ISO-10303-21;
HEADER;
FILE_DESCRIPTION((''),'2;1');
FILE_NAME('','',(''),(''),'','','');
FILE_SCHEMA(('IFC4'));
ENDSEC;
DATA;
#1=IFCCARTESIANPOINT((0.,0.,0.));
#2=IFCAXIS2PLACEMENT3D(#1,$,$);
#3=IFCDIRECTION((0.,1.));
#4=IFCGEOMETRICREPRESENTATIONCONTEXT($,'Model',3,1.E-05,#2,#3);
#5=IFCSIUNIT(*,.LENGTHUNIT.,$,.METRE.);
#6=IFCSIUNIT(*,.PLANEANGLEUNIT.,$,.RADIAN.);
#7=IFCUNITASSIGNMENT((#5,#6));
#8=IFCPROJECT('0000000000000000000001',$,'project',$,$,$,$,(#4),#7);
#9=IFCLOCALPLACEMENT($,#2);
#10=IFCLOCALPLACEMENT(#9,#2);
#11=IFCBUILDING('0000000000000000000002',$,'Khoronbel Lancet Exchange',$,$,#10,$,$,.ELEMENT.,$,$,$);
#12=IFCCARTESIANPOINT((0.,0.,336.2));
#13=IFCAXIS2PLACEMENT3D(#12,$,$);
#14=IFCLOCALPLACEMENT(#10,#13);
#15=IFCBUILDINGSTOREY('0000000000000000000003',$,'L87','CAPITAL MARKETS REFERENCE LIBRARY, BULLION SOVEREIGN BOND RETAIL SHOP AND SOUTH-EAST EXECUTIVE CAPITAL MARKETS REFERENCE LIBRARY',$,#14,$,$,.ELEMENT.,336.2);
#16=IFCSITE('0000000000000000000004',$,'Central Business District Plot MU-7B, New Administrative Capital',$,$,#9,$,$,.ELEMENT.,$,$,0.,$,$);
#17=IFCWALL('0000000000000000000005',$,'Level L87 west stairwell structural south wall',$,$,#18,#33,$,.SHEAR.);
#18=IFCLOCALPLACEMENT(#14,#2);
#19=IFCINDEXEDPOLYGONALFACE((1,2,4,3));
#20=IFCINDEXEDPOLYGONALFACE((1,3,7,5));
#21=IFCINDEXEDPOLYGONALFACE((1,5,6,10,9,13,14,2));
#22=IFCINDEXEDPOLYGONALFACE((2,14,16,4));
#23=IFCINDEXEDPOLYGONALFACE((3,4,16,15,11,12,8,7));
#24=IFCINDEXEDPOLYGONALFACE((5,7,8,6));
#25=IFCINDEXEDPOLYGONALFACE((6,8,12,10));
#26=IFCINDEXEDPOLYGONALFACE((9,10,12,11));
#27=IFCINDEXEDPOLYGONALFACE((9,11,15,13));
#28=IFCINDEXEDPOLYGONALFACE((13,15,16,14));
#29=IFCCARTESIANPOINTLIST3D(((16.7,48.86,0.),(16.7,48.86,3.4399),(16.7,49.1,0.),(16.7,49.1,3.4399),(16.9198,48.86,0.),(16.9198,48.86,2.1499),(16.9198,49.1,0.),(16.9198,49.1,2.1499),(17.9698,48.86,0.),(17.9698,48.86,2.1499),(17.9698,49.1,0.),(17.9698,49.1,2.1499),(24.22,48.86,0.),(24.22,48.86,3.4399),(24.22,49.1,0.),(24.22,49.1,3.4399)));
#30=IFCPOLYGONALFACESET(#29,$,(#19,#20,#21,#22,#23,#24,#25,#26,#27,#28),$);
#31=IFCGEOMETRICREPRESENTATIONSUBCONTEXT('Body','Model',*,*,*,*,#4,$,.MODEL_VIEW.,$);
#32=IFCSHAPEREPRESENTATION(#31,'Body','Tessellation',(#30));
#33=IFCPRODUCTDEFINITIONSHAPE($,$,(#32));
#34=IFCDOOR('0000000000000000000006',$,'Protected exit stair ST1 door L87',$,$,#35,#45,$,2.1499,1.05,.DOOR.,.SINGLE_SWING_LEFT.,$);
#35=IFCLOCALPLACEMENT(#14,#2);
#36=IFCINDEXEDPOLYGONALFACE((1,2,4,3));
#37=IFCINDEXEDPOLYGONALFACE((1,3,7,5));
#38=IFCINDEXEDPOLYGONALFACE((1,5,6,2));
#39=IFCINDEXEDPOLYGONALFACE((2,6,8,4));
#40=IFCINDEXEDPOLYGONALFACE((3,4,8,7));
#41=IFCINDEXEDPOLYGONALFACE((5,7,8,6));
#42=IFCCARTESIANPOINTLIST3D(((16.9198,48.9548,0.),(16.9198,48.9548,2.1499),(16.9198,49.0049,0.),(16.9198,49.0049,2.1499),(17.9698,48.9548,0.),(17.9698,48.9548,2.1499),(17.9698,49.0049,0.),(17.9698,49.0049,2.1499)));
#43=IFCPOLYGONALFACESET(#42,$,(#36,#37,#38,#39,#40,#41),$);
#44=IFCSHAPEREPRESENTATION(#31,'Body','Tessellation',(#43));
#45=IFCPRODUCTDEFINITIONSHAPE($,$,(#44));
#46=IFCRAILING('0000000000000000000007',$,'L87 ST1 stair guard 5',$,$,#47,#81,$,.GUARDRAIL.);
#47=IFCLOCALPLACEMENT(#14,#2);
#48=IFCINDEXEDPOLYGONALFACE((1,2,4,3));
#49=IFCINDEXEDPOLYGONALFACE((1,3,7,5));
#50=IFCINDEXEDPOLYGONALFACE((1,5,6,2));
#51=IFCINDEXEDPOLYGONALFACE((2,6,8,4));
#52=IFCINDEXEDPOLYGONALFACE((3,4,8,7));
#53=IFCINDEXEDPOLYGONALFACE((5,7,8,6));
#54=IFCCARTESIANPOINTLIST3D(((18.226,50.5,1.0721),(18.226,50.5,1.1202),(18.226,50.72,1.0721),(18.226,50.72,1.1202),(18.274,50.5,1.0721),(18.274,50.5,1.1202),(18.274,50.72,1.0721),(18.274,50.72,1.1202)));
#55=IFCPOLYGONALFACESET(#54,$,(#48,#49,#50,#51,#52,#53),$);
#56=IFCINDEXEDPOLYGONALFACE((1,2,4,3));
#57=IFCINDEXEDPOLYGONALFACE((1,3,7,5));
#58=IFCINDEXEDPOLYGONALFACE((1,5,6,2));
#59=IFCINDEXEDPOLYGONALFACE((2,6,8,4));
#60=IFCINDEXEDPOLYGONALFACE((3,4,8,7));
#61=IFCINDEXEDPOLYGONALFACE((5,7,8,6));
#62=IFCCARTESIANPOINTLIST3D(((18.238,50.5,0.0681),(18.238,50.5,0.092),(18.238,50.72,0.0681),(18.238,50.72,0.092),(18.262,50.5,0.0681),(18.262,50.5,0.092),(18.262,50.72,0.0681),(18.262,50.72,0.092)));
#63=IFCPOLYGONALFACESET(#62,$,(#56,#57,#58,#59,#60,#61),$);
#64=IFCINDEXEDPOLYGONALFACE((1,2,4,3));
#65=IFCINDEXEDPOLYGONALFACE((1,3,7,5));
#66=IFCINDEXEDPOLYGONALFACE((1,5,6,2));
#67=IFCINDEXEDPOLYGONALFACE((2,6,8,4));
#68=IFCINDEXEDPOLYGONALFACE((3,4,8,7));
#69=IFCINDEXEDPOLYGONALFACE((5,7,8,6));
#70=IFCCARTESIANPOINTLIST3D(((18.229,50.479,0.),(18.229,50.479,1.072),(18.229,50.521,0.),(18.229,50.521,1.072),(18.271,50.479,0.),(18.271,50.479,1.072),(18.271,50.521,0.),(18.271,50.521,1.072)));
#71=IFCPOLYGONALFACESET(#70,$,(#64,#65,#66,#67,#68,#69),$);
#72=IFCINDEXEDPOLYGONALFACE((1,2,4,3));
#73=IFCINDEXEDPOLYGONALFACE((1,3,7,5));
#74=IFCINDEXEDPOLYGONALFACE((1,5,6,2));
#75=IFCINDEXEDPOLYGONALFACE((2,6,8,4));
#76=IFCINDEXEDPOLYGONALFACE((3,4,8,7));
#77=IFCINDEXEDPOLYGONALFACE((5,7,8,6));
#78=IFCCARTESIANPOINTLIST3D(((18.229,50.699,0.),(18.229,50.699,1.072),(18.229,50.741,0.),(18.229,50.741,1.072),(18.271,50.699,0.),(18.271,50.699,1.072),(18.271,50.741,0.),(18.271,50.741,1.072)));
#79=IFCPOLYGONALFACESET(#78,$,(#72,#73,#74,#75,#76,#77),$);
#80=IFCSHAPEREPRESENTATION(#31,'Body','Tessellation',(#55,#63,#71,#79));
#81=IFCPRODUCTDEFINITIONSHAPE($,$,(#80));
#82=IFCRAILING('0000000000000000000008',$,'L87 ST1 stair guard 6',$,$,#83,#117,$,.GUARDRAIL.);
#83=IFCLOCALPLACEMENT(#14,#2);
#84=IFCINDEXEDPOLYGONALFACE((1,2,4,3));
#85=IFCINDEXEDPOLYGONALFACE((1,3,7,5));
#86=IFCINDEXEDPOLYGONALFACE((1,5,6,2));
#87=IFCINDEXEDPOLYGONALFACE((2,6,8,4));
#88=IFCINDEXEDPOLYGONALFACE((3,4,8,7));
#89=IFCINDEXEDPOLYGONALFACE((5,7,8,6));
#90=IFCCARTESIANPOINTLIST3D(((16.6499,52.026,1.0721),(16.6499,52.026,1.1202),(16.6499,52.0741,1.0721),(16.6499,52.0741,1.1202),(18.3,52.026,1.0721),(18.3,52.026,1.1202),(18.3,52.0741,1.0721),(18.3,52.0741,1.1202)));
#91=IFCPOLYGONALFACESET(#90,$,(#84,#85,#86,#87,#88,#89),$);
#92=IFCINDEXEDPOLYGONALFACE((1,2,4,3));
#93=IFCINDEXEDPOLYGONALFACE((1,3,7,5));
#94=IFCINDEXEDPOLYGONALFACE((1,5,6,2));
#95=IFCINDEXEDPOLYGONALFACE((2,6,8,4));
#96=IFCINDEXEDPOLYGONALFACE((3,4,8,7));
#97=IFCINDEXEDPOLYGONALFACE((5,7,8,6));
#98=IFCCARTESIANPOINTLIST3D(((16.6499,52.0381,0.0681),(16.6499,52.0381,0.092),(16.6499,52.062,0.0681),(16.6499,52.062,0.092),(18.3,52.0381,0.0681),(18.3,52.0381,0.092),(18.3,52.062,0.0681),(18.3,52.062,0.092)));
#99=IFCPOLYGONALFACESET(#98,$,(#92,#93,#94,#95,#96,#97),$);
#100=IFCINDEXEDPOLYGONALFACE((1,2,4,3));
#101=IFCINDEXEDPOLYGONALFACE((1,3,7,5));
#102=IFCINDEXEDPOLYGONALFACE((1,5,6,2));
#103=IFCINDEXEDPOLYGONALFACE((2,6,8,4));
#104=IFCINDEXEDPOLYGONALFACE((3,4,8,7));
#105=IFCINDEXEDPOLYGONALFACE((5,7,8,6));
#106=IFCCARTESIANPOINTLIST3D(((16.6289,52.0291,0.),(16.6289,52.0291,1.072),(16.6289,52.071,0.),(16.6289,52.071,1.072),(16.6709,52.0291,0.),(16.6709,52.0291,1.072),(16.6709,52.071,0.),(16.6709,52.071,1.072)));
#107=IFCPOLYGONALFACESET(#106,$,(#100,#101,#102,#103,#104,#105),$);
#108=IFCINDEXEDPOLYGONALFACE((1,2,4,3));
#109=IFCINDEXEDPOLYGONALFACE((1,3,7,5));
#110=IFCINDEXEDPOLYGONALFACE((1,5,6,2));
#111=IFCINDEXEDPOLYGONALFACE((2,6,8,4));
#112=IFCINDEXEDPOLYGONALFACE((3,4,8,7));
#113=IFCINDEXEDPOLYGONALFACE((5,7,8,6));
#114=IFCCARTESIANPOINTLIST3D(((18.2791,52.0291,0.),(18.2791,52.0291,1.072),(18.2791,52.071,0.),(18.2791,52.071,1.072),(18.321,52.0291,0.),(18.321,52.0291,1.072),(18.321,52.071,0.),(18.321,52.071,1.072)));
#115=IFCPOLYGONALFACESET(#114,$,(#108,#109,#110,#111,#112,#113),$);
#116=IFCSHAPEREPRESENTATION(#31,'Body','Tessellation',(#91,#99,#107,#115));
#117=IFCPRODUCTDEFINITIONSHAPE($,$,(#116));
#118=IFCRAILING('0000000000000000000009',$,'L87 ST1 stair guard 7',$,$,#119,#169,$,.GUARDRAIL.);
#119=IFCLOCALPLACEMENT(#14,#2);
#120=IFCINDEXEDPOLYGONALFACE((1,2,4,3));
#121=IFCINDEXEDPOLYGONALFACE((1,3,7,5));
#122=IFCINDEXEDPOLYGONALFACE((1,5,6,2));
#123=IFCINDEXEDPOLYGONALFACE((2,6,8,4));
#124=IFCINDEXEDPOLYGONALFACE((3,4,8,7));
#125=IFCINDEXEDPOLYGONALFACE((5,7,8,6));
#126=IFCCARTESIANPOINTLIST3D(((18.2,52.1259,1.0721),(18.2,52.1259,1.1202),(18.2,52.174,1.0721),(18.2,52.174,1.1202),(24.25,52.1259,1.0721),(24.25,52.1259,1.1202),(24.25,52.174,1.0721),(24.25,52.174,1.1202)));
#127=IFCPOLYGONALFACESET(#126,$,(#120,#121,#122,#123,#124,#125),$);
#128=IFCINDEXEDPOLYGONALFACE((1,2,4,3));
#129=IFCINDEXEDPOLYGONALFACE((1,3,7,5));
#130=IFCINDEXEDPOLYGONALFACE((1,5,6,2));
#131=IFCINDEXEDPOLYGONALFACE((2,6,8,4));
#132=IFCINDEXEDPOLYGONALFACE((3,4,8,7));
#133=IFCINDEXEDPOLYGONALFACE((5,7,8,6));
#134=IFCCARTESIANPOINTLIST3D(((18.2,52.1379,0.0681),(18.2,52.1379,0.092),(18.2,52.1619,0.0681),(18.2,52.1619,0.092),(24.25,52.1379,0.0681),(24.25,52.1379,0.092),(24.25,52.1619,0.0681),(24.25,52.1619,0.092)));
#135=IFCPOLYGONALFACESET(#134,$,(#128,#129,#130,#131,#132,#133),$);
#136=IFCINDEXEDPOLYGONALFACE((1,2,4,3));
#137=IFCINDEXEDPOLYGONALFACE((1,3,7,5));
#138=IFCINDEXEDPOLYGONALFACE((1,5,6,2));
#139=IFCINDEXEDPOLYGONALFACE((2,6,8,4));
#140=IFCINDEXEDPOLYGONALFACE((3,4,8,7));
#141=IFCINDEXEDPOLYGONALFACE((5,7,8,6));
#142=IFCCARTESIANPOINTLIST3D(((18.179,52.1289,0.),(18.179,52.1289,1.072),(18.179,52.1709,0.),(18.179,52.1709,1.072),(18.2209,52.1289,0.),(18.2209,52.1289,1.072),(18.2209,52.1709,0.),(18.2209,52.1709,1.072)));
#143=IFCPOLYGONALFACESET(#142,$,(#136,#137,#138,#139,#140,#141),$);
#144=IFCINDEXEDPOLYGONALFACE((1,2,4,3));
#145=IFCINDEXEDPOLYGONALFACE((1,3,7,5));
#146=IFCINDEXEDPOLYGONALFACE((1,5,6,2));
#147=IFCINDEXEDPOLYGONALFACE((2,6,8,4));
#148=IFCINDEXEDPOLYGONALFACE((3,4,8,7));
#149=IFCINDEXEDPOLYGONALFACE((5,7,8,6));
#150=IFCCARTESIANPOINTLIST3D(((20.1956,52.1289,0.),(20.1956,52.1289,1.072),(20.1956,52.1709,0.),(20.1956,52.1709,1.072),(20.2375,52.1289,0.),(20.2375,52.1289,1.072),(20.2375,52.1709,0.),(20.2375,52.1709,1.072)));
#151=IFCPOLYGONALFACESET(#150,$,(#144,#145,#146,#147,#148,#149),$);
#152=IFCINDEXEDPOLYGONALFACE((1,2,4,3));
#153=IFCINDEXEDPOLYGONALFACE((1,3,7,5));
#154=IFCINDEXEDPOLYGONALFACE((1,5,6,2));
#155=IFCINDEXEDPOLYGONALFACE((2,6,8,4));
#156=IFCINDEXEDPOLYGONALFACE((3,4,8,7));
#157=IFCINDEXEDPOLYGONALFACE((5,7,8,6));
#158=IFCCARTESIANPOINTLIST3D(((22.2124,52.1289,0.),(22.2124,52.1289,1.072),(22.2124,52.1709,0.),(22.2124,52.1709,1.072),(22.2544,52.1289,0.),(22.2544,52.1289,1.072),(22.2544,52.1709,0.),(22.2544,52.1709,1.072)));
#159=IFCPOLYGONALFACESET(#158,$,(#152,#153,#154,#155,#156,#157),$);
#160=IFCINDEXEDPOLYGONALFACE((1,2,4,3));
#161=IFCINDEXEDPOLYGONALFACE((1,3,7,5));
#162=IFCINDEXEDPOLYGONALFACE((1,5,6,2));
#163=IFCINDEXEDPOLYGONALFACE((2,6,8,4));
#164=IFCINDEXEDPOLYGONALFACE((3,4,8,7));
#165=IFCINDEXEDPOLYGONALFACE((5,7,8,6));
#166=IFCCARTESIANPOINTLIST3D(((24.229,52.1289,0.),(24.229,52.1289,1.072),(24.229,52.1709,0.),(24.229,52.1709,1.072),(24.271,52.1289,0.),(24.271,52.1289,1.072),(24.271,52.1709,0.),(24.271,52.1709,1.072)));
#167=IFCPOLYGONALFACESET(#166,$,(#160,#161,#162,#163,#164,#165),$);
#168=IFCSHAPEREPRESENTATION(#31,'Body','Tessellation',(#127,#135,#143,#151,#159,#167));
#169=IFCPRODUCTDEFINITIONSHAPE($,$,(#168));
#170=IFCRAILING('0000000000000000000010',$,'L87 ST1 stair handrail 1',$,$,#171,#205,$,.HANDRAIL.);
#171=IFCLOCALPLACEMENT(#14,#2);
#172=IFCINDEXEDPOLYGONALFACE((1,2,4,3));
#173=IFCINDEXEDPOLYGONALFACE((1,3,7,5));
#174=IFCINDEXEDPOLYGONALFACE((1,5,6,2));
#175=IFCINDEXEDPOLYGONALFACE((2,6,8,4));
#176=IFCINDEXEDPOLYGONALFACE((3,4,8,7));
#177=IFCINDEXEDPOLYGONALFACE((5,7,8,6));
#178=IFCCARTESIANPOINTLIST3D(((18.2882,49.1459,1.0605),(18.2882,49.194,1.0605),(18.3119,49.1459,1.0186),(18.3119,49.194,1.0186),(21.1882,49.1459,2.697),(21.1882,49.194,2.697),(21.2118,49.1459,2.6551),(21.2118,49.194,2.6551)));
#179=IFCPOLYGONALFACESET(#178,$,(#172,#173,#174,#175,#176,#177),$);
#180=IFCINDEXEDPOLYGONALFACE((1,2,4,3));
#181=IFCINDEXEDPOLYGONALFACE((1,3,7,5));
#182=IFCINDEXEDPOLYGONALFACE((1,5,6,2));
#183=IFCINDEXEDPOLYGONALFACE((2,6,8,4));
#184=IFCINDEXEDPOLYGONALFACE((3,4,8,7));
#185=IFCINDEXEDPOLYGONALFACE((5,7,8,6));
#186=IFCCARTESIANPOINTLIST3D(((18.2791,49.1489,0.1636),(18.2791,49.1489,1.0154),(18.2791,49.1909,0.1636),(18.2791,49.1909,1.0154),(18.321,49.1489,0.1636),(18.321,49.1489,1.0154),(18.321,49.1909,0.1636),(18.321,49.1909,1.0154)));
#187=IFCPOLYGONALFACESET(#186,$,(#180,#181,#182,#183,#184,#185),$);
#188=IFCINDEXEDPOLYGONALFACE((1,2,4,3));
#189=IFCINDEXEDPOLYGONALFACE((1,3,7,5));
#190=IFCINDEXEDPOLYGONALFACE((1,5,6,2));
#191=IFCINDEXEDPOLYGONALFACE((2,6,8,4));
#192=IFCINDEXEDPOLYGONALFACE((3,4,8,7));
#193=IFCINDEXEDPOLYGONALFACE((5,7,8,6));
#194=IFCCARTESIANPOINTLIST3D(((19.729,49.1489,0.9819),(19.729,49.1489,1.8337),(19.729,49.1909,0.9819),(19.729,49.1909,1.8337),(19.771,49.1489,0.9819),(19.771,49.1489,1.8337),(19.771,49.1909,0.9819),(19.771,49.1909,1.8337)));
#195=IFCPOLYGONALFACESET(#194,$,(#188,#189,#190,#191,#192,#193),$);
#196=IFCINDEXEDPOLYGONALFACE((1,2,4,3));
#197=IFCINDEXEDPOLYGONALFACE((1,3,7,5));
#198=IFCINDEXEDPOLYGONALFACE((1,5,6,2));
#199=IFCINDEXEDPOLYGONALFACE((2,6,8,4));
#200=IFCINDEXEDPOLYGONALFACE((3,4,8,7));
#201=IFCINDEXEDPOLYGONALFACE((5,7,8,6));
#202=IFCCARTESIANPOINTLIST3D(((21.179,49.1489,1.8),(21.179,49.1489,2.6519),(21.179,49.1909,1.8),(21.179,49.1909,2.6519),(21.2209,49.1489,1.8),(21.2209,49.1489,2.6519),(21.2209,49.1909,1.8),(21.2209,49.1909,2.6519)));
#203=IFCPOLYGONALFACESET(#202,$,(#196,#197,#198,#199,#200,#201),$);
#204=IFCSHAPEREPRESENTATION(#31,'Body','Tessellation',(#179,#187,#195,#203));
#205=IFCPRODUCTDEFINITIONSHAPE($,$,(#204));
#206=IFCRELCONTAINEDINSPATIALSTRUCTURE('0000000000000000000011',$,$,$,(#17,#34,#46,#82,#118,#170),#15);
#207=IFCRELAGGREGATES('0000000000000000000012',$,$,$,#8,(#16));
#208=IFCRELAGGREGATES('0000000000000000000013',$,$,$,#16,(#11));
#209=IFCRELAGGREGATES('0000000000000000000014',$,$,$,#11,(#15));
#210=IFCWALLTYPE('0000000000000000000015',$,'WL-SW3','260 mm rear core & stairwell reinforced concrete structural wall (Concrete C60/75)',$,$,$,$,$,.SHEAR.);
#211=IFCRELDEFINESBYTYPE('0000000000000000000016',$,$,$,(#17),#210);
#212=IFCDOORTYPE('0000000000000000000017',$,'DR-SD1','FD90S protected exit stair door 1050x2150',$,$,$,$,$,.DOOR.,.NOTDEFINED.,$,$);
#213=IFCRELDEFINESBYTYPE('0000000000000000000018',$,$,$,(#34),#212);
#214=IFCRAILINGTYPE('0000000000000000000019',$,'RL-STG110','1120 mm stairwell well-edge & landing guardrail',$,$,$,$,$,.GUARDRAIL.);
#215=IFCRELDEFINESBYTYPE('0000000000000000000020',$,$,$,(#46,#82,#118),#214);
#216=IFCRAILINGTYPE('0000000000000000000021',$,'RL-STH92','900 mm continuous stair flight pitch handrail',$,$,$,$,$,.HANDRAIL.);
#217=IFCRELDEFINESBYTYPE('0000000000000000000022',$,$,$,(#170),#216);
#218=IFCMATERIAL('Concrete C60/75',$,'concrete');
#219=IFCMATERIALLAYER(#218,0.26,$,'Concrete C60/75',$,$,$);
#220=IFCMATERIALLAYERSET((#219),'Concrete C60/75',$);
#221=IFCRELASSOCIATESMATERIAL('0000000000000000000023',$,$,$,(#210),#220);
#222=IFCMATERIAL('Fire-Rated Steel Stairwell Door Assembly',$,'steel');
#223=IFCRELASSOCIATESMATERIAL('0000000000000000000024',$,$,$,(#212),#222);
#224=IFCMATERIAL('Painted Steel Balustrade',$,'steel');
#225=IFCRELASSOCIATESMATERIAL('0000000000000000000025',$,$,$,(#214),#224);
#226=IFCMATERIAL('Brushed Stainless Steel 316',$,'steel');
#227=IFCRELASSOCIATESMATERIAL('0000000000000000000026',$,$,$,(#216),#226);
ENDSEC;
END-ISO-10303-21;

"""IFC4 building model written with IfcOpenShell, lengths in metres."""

from ifc_helpers import new_model, si_unit, direction, frame, frame_2d, origin, origin_2d, place, context, subcontext, project, spatial, rectangle, extrude, material, layer, layer_set, type_object, element, fill, save


model = new_model("IFC4")

# Units and contexts
model_context = context("Model", 3, precision=1e-05, world=origin(), true_north=direction((0.0, 1.0)))
body_context = subcontext(model_context, "Body", "Model", "MODEL_VIEW")
ifc_project = project(units=[si_unit("LENGTHUNIT", "METRE"), si_unit("PLANEANGLEUNIT", "RADIAN")], contexts=[model_context])

# Site, building, storey
site_placement = place(None, origin())
site = spatial("IfcSite", under=ifc_project, at=site_placement, Name="Central Business District Plot MU-7B, New Administrative Capital", CompositionType="ELEMENT", RefElevation=0.0)
building_placement = place(site_placement, origin())
building = spatial("IfcBuilding", under=site, at=building_placement, Name="Khoronbel Lancet Exchange", CompositionType="ELEMENT")
storey_placement = place(building_placement, frame((0.0, 0.0, 336.2)))
storey = spatial("IfcBuildingStorey", under=building, at=storey_placement, Name="L87", Description="CAPITAL MARKETS REFERENCE LIBRARY, BULLION SOVEREIGN BOND RETAIL SHOP AND SOUTH-EAST EXECUTIVE CAPITAL MARKETS REFERENCE LIBRARY", CompositionType="ELEMENT", Elevation=336.2)

# Shared definitions
ifc_material_1 = material(Name="Concrete C60/75", Category="concrete")

# Wall, opening, door
ifc_layer_1 = layer(ifc_material_1, 0.26, Name="Concrete C60/75")
ifc_layer_set_1 = layer_set([ifc_layer_1], Name="Concrete C60/75")
wall_type_1 = type_object("IfcWallType", Name="WL-SW3", Description="260 mm rear core & stairwell reinforced concrete structural wall (Concrete C60/75)", PredefinedType="SHEAR", material=ifc_layer_set_1)
wall_1_placement = place(storey_placement, frame((16.7, 48.98, 0.0), z_axis=(0.0, 0.0, 1.0), x_axis=(1.0, 0.0, 0.0)))
wall_1 = element("IfcWall", 1, at=wall_1_placement, inside=storey, type_object=wall_type_1, Name="Level L87 west stairwell structural south wall", PredefinedType="SHEAR", context=body_context, shape_type="SweptSolid", body=[
    extrude(rectangle(XDim=7.52, YDim=0.24, at=frame_2d((3.76, 0.0))), origin(), (0.0, 0.0, 1.0), 3.4399),
])
opening_placement = place(wall_1_placement, frame((0.22, 0.0, 0.0)))
opening = element("IfcOpeningElement", 2, at=opening_placement, cuts=wall_1, PredefinedType="OPENING", context=body_context, shape_type="SweptSolid", body=[
    extrude(rectangle(XDim=1.05, YDim=2.1499, at=frame_2d((0.5249, 1.075))), frame((0.0, 0.1299, 0.0), z_axis=(0.0, -1.0, 0.0), x_axis=(1.0, 0.0, 0.0)), (0.0, 0.0, 1.0), 0.26),
])
ifc_material_2 = material(Name="Fire-Rated Steel Stairwell Door Assembly", Category="steel")
door_type = type_object("IfcDoorType", Name="DR-SD1", Description="FD90S protected exit stair door 1050x2150", OperationType="NOTDEFINED", PredefinedType="DOOR", material=ifc_material_2)
door_placement = place(opening_placement, origin())
door = element("IfcDoor", 3, at=door_placement, inside=storey, type_object=door_type, Name="Protected exit stair ST1 door L87", OperationType="SINGLE_SWING_LEFT", OverallHeight=2.1499, OverallWidth=1.05, PredefinedType="DOOR", context=body_context, shape_type="SweptSolid", body=[
    extrude(rectangle(XDim=1.05, YDim=2.1499, at=frame_2d((0.5249, 1.075))), frame((0.0, 0.0249, 0.0), z_axis=(0.0, -1.0, 0.0), x_axis=(1.0, 0.0, 0.0)), (0.0, 0.0, 1.0), 0.05),
])
fill(opening, door)

# Railings
ifc_material_3 = material(Name="Painted Steel Balustrade", Category="steel")
railing_type_1 = type_object("IfcRailingType", Name="RL-STG110", Description="1120 mm stairwell well-edge & landing guardrail", PredefinedType="GUARDRAIL", material=ifc_material_3)
railing_1_placement = place(storey_placement, frame((18.25, 50.5, 0.0)))
element("IfcRailing", 4, at=railing_1_placement, inside=storey, type_object=railing_type_1, Name="L87 ST1 stair guard 5", PredefinedType="GUARDRAIL", context=body_context, shape_type="SweptSolid", body=[
    extrude(rectangle(XDim=0.0481, YDim=0.0481, at=origin_2d()), frame((0.0, 0.0, 1.0962), z_axis=(0.0, 1.0, 0.0), x_axis=(-1.0, 0.0, 0.0)), (0.0, 0.0, 1.0), 0.22),
    extrude(rectangle(XDim=0.0239, YDim=0.0239, at=origin_2d()), frame((0.0, 0.0, 0.0801), z_axis=(0.0, 1.0, 0.0), x_axis=(-1.0, 0.0, 0.0)), (0.0, 0.0, 1.0), 0.22),
    extrude(rectangle(XDim=0.042, YDim=0.042, at=origin_2d()), origin(), (0.0, 0.0, 1.0), 1.072),
    extrude(rectangle(XDim=0.042, YDim=0.042, at=origin_2d()), frame((0.0, 0.22, 0.0)), (0.0, 0.0, 1.0), 1.072),
])
railing_2_placement = place(storey_placement, frame((16.6499, 52.05, 0.0)))
element("IfcRailing", 5, at=railing_2_placement, inside=storey, type_object=railing_type_1, Name="L87 ST1 stair guard 6", PredefinedType="GUARDRAIL", context=body_context, shape_type="SweptSolid", body=[
    extrude(rectangle(XDim=0.0481, YDim=0.0481, at=origin_2d()), frame((0.0, 0.0, 1.0962), z_axis=(1.0, 0.0, 0.0), x_axis=(0.0, 1.0, 0.0)), (0.0, 0.0, 1.0), 1.6501),
    extrude(rectangle(XDim=0.0239, YDim=0.0239, at=origin_2d()), frame((0.0, 0.0, 0.0801), z_axis=(1.0, 0.0, 0.0), x_axis=(0.0, 1.0, 0.0)), (0.0, 0.0, 1.0), 1.6501),
    extrude(rectangle(XDim=0.042, YDim=0.042, at=origin_2d()), origin(), (0.0, 0.0, 1.0), 1.072),
    extrude(rectangle(XDim=0.042, YDim=0.042, at=origin_2d()), frame((1.6501, 0.0, 0.0)), (0.0, 0.0, 1.0), 1.072),
])
railing_3_placement = place(storey_placement, frame((18.2, 52.1499, 0.0)))
element("IfcRailing", 6, at=railing_3_placement, inside=storey, type_object=railing_type_1, Name="L87 ST1 stair guard 7", PredefinedType="GUARDRAIL", context=body_context, shape_type="SweptSolid", body=[
    extrude(rectangle(XDim=0.0481, YDim=0.0481, at=origin_2d()), frame((0.0, 0.0, 1.0962), z_axis=(1.0, 0.0, 0.0), x_axis=(0.0, 1.0, 0.0)), (0.0, 0.0, 1.0), 6.05),
    extrude(rectangle(XDim=0.0239, YDim=0.0239, at=origin_2d()), frame((0.0, 0.0, 0.0801), z_axis=(1.0, 0.0, 0.0), x_axis=(0.0, 1.0, 0.0)), (0.0, 0.0, 1.0), 6.05),
    extrude(rectangle(XDim=0.042, YDim=0.042, at=origin_2d()), origin(), (0.0, 0.0, 1.0), 1.072),
    extrude(rectangle(XDim=0.042, YDim=0.042, at=origin_2d()), frame((2.0166, 0.0, 0.0)), (0.0, 0.0, 1.0), 1.072),
    extrude(rectangle(XDim=0.042, YDim=0.042, at=origin_2d()), frame((4.0334, 0.0, 0.0)), (0.0, 0.0, 1.0), 1.072),
    extrude(rectangle(XDim=0.042, YDim=0.042, at=origin_2d()), frame((6.05, 0.0, 0.0)), (0.0, 0.0, 1.0), 1.072),
])
ifc_material_4 = material(Name="Brushed Stainless Steel 316", Category="steel")
railing_type_2 = type_object("IfcRailingType", Name="RL-STH92", Description="900 mm continuous stair flight pitch handrail", PredefinedType="HANDRAIL", material=ifc_material_4)
railing_4_placement = place(storey_placement, frame((18.3, 49.1699, 0.1636)))
element("IfcRailing", 7, at=railing_4_placement, inside=storey, type_object=railing_type_2, Name="L87 ST1 stair handrail 1", PredefinedType="HANDRAIL", context=body_context, shape_type="SweptSolid", body=[
    extrude(rectangle(XDim=0.0481, YDim=0.0481, at=origin_2d()), frame((0.0, 0.0, 0.876), z_axis=(0.870897, 0.0, 0.491465), x_axis=(0.0, 1.0, 0.0)), (0.0, 0.0, 1.0), 3.3298),
    extrude(rectangle(XDim=0.042, YDim=0.042, at=origin_2d()), origin(), (0.0, 0.0, 1.0), 0.8518),
    extrude(rectangle(XDim=0.042, YDim=0.042, at=origin_2d()), frame((1.45, 0.0, 0.8184)), (0.0, 0.0, 1.0), 0.8518),
    extrude(rectangle(XDim=0.042, YDim=0.042, at=origin_2d()), frame((2.8999, 0.0, 1.6365)), (0.0, 0.0, 1.0), 0.8518),
])

save(model, "model.ifc")
